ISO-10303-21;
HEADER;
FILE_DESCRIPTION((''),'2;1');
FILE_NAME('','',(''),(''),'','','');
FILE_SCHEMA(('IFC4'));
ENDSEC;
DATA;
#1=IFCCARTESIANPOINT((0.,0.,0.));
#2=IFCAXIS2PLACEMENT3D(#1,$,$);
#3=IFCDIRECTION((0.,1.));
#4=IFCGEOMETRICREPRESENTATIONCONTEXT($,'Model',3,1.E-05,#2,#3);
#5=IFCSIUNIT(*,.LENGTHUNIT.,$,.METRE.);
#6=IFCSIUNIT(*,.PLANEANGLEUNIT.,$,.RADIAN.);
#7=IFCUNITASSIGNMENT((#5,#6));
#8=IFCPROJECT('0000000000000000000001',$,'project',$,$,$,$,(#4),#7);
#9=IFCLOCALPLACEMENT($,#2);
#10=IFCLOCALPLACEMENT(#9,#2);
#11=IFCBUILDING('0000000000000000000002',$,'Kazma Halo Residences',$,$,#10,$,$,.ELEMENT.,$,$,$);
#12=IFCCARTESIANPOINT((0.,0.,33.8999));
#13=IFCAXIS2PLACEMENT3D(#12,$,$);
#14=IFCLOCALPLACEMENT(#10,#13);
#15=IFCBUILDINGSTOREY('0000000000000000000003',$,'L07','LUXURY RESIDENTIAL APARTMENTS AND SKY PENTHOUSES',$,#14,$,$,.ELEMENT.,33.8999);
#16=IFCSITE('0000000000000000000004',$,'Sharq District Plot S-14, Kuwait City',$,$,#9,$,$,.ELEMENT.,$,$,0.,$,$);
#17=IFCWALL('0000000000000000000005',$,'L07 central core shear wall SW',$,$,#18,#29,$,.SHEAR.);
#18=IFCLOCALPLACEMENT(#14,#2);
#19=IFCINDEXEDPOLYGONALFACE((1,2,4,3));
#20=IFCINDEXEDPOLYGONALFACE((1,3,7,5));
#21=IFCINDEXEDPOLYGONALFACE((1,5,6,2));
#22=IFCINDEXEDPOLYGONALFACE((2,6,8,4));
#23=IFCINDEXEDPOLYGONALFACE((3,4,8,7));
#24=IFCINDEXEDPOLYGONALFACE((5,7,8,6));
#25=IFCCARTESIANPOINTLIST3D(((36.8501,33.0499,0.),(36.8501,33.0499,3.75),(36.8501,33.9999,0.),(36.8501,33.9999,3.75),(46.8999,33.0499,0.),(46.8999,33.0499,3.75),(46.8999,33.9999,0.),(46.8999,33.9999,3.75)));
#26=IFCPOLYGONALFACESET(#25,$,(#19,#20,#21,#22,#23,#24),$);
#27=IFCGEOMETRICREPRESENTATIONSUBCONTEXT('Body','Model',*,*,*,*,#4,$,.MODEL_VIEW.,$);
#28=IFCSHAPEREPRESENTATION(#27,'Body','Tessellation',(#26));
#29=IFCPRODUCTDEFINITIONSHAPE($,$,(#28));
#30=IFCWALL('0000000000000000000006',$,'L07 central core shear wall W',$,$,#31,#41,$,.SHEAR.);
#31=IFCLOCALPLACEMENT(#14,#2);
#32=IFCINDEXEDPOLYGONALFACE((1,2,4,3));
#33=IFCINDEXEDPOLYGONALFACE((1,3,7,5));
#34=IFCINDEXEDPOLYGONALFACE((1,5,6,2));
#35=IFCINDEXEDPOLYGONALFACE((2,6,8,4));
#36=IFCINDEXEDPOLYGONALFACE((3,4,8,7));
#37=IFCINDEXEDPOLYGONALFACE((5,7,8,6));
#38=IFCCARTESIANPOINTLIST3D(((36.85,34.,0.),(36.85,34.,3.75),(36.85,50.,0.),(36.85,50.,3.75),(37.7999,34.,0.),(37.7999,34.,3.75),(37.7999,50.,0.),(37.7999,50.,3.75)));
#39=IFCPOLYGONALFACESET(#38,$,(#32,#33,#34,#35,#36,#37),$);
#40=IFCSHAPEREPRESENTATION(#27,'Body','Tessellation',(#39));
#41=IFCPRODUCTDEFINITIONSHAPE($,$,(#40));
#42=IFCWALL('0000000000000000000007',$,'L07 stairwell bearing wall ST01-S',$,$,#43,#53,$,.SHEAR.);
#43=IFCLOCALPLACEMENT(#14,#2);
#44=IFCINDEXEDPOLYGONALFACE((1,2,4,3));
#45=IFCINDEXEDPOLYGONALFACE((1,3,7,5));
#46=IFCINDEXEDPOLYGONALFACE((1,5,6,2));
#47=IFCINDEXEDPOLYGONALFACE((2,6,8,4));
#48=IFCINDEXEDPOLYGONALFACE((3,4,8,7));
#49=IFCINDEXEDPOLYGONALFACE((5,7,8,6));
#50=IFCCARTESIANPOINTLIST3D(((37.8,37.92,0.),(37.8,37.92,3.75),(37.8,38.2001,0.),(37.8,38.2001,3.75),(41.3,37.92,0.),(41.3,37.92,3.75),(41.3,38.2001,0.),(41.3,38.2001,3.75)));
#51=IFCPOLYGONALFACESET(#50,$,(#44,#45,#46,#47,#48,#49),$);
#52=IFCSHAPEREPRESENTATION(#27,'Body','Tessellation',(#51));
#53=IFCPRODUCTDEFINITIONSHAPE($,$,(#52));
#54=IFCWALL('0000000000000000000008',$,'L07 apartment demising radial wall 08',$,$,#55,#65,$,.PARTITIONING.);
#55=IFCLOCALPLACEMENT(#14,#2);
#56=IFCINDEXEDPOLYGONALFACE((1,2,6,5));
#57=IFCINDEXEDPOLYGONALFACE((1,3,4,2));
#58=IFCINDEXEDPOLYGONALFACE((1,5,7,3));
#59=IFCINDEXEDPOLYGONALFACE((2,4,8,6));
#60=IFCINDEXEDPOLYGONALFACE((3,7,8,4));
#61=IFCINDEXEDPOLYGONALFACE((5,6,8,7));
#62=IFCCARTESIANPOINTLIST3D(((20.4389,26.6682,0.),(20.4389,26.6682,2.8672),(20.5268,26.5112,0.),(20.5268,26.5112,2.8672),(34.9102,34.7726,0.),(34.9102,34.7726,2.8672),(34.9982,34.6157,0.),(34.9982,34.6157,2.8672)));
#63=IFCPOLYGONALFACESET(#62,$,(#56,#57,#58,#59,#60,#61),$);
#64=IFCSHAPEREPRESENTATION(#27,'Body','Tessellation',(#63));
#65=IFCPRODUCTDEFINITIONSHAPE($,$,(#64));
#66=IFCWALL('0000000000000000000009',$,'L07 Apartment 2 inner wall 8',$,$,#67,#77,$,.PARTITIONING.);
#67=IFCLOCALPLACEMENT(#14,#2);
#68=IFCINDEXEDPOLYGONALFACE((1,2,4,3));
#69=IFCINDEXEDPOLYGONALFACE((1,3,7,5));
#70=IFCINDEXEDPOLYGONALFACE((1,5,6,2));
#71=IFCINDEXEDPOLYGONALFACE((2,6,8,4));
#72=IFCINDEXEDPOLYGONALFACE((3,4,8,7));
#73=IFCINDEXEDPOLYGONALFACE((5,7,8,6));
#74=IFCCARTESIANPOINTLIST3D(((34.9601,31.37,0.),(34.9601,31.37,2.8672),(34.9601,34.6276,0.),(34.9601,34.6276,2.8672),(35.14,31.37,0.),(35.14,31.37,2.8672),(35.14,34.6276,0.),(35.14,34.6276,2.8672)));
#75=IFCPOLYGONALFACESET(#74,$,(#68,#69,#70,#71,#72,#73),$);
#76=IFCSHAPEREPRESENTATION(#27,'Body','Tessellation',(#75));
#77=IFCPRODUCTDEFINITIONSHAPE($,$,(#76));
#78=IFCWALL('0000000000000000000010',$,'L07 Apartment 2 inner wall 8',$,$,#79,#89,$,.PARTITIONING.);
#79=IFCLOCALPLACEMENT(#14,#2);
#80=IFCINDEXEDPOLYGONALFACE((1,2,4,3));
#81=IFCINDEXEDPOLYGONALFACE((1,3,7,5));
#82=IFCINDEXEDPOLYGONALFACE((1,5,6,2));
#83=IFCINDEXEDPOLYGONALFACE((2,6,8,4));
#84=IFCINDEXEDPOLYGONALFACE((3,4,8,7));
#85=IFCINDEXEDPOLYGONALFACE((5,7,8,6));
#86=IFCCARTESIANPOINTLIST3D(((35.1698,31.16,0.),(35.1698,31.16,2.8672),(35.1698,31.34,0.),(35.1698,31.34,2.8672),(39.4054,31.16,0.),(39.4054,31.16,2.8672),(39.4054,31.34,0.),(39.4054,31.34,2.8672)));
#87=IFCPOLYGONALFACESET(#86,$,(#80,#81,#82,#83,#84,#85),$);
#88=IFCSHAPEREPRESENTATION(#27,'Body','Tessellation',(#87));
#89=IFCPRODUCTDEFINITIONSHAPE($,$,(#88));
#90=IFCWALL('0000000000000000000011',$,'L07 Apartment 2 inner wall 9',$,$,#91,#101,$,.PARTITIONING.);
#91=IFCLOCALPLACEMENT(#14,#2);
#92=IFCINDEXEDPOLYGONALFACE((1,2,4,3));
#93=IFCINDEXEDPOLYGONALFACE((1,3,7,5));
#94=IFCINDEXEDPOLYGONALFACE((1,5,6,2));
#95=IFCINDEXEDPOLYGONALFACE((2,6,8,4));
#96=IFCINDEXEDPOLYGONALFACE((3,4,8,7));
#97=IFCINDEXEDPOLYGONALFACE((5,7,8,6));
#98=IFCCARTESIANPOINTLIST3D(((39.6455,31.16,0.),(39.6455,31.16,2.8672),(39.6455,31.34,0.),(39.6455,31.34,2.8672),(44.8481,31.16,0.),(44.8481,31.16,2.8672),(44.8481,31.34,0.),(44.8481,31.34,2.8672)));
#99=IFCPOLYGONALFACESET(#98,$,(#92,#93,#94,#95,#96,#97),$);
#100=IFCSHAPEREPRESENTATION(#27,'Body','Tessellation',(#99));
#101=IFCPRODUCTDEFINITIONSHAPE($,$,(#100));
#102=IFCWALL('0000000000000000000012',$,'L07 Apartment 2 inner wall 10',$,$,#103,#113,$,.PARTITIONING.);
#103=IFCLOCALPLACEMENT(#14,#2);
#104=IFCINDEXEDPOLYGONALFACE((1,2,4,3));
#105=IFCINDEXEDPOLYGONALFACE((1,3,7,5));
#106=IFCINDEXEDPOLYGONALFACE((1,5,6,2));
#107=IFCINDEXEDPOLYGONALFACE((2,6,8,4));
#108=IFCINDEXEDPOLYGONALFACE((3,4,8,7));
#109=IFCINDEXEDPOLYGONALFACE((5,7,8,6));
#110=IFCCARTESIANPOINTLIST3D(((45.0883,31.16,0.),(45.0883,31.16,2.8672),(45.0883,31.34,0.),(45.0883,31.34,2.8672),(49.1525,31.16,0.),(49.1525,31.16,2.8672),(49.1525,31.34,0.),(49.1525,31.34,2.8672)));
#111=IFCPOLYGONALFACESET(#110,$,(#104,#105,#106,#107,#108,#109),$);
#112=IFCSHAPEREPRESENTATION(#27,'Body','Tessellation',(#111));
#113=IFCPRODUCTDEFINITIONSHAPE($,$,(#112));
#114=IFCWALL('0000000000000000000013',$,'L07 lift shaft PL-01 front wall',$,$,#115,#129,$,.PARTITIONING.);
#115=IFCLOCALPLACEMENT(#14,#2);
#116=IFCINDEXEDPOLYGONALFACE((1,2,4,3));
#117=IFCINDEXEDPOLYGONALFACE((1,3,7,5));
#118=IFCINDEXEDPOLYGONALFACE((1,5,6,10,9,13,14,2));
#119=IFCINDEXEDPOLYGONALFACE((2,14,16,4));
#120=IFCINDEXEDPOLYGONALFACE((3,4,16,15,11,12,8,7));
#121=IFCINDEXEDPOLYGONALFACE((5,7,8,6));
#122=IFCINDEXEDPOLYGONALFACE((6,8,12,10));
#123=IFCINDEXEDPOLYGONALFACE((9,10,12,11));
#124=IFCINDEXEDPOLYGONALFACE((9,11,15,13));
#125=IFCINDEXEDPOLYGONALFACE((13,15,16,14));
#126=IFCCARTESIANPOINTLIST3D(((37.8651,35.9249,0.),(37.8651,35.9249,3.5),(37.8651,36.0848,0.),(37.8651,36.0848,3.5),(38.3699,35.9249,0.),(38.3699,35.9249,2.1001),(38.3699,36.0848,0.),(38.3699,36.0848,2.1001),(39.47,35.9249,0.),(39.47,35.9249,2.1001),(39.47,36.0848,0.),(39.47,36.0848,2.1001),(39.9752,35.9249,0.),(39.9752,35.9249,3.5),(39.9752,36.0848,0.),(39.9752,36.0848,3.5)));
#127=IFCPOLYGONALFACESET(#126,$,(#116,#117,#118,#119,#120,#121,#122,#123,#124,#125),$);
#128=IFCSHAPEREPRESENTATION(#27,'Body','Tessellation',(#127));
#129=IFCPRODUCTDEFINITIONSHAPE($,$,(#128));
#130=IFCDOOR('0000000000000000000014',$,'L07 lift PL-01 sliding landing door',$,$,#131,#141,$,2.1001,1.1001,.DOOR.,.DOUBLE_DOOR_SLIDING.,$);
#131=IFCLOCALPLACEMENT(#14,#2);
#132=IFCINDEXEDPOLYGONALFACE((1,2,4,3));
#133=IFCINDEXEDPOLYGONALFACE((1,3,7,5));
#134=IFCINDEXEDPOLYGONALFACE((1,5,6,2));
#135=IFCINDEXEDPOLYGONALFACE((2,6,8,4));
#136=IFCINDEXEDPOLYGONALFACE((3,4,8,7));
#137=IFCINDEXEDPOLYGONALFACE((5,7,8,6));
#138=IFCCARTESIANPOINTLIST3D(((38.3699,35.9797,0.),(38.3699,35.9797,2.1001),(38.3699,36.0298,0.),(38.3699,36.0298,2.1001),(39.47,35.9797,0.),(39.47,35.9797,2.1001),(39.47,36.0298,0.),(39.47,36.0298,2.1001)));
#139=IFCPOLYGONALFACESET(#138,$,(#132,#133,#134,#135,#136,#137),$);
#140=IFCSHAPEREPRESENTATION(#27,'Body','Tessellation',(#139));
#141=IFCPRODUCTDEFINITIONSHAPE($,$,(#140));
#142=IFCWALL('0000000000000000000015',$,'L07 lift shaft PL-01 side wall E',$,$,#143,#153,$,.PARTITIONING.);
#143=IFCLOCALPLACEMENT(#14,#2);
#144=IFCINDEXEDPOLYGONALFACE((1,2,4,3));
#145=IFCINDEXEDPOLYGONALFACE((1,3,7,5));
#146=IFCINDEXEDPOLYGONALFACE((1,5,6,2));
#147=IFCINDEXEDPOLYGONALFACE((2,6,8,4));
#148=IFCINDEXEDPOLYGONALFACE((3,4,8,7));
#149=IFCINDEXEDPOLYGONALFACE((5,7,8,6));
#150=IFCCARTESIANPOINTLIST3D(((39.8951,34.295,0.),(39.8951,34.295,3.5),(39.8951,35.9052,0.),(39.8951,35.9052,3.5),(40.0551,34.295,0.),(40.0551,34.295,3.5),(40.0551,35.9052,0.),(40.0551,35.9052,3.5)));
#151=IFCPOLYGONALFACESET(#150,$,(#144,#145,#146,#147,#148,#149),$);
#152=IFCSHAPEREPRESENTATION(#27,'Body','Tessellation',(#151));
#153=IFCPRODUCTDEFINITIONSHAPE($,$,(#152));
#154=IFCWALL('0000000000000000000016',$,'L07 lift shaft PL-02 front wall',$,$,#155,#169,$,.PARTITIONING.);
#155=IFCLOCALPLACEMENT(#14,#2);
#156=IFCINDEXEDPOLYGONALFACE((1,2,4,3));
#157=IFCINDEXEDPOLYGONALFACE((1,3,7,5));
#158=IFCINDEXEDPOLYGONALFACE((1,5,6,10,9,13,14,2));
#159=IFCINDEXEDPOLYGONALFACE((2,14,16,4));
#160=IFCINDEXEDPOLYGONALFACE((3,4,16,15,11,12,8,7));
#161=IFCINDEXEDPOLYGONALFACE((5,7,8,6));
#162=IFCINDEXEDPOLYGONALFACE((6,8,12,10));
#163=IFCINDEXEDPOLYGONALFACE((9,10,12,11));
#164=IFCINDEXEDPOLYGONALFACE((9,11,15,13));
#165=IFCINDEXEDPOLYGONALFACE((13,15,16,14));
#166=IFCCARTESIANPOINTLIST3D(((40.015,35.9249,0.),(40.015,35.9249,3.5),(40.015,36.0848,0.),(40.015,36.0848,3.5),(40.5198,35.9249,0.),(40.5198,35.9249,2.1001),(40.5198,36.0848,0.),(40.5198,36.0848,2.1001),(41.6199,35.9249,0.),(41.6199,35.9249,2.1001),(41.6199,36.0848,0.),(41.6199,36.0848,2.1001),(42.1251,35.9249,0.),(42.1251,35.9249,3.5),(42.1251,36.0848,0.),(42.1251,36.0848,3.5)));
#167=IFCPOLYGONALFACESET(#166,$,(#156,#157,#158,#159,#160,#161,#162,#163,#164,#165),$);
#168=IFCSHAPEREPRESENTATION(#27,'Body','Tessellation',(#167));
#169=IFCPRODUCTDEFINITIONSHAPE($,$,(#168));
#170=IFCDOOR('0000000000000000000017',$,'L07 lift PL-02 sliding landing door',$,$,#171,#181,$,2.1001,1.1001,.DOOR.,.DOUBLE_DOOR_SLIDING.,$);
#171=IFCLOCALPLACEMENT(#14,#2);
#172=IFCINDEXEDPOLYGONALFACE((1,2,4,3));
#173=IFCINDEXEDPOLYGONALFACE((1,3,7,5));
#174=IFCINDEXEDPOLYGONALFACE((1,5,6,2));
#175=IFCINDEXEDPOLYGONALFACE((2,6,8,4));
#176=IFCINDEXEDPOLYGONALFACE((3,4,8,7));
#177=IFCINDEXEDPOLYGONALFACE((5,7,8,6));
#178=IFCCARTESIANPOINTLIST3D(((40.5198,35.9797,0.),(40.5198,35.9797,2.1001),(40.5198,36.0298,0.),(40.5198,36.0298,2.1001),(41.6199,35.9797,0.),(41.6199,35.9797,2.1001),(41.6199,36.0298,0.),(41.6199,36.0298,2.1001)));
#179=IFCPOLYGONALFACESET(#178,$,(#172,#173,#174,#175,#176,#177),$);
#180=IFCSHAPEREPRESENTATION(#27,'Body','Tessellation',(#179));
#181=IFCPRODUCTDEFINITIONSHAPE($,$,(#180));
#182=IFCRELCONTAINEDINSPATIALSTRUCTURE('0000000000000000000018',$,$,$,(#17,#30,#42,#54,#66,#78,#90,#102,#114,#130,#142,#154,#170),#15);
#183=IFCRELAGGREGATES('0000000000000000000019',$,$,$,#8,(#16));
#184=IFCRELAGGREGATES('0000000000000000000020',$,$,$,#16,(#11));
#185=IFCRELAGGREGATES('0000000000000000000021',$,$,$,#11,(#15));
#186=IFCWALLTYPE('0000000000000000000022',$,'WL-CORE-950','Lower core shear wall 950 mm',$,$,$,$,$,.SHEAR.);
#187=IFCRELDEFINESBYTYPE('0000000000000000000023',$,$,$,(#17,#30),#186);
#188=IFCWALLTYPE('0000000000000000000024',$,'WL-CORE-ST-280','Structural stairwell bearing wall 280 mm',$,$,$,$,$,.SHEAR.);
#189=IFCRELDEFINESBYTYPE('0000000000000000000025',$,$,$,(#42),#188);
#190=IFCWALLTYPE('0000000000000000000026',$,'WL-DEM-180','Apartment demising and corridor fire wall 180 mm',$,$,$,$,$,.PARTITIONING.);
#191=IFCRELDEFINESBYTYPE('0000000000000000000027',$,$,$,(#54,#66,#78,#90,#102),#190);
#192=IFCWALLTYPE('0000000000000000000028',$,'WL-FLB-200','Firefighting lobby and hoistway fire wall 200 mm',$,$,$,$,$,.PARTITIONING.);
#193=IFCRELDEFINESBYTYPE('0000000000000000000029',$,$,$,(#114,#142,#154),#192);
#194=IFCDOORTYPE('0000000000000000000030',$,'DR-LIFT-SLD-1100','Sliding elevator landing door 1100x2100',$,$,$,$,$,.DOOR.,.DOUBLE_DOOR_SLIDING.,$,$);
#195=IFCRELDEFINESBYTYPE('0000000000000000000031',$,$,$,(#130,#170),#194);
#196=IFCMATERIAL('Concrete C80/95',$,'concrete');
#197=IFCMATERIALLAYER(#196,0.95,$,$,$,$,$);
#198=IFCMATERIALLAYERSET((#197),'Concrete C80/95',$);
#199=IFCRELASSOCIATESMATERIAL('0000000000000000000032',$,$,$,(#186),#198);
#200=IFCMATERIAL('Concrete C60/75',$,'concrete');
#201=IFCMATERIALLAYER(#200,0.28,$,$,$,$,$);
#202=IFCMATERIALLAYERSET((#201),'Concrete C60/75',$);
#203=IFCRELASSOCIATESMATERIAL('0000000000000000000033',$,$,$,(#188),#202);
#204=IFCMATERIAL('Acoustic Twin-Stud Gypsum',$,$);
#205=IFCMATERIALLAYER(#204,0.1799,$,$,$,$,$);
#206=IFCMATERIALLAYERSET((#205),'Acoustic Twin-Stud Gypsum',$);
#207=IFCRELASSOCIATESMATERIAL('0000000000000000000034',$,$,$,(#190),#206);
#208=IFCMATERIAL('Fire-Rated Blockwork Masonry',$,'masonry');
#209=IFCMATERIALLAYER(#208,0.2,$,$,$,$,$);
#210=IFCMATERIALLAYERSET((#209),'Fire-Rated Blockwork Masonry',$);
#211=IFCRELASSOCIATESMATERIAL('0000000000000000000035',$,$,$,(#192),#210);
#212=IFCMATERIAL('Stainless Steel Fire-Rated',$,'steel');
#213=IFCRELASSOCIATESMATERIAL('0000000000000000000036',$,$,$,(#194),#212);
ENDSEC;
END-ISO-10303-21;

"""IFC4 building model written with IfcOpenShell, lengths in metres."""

from ifc_helpers import new_model, si_unit, direction, frame, frame_2d, origin, place, context, subcontext, project, spatial, rectangle, extrude, material, layer, layer_set, type_object, element, fill, save


model = new_model("IFC4")

# Units and contexts
model_context = context("Model", 3, precision=1e-05, world=origin(), true_north=direction((0.0, 1.0)))
body_context = subcontext(model_context, "Body", "Model", "MODEL_VIEW")
ifc_project = project(units=[si_unit("LENGTHUNIT", "METRE"), si_unit("PLANEANGLEUNIT", "RADIAN")], contexts=[model_context])

# Site, building, storey
site_placement = place(None, origin())
site = spatial("IfcSite", under=ifc_project, at=site_placement, Name="Sharq District Plot S-14, Kuwait City", CompositionType="ELEMENT", RefElevation=0.0)
building_placement = place(site_placement, origin())
building = spatial("IfcBuilding", under=site, at=building_placement, Name="Kazma Halo Residences", CompositionType="ELEMENT")
storey_placement = place(building_placement, frame((0.0, 0.0, 33.8999)))
storey = spatial("IfcBuildingStorey", under=building, at=storey_placement, Name="L07", Description="LUXURY RESIDENTIAL APARTMENTS AND SKY PENTHOUSES", CompositionType="ELEMENT", Elevation=33.8999)

# Walls
ifc_material_1 = material(Name="Concrete C80/95", Category="concrete")
ifc_layer_1 = layer(ifc_material_1, 0.95)
ifc_layer_set_1 = layer_set([ifc_layer_1], Name="Concrete C80/95")
wall_type_1 = type_object("IfcWallType", Name="WL-CORE-950", Description="Lower core shear wall 950 mm", PredefinedType="SHEAR", material=ifc_layer_set_1)
wall_1_placement = place(storey_placement, frame((36.8501, 33.5249, 0.0), z_axis=(0.0, 0.0, 1.0), x_axis=(1.0, 0.0, 0.0)))
element("IfcWall", 1, at=wall_1_placement, inside=storey, type_object=wall_type_1, Name="L07 central core shear wall SW", PredefinedType="SHEAR", context=body_context, shape_type="SweptSolid", body=[
    extrude(rectangle(XDim=10.0498, YDim=0.95, at=frame_2d((5.0249, 0.0))), origin(), (0.0, 0.0, 1.0), 3.75),
])
wall_2_placement = place(storey_placement, frame((37.325, 34.0, 0.0), z_axis=(0.0, 0.0, 1.0), x_axis=(0.0, 1.0, 0.0)))
element("IfcWall", 2, at=wall_2_placement, inside=storey, type_object=wall_type_1, Name="L07 central core shear wall W", PredefinedType="SHEAR", context=body_context, shape_type="SweptSolid", body=[
    extrude(rectangle(XDim=16.0, YDim=0.95, at=frame_2d((8.0, 0.0))), origin(), (0.0, 0.0, 1.0), 3.75),
])
ifc_material_2 = material(Name="Concrete C60/75", Category="concrete")
ifc_layer_2 = layer(ifc_material_2, 0.28)
ifc_layer_set_2 = layer_set([ifc_layer_2], Name="Concrete C60/75")
wall_type_2 = type_object("IfcWallType", Name="WL-CORE-ST-280", Description="Structural stairwell bearing wall 280 mm", PredefinedType="SHEAR", material=ifc_layer_set_2)
wall_3_placement = place(storey_placement, frame((37.8, 38.0601, 0.0), z_axis=(0.0, 0.0, 1.0), x_axis=(1.0, 0.0, 0.0)))
element("IfcWall", 3, at=wall_3_placement, inside=storey, type_object=wall_type_2, Name="L07 stairwell bearing wall ST01-S", PredefinedType="SHEAR", context=body_context, shape_type="SweptSolid", body=[
    extrude(rectangle(XDim=3.5, YDim=0.28, at=frame_2d((1.75, 0.0))), origin(), (0.0, 0.0, 1.0), 3.75),
])
ifc_material_3 = material(Name="Acoustic Twin-Stud Gypsum")
ifc_layer_3 = layer(ifc_material_3, 0.1799)
ifc_layer_set_3 = layer_set([ifc_layer_3], Name="Acoustic Twin-Stud Gypsum")
wall_type_3 = type_object("IfcWallType", Name="WL-DEM-180", Description="Apartment demising and corridor fire wall 180 mm", PredefinedType="PARTITIONING", material=ifc_layer_set_3)
wall_4_placement = place(storey_placement, frame((34.9541, 34.6941, 0.0), z_axis=(0.0, 0.0, 1.0), x_axis=(-0.872493, -0.488626, 0.0)))
element("IfcWall", 4, at=wall_4_placement, inside=storey, type_object=wall_type_3, Name="L07 apartment demising radial wall 08", PredefinedType="PARTITIONING", context=body_context, shape_type="SweptSolid", body=[
    extrude(rectangle(XDim=16.5862, YDim=0.1799, at=frame_2d((8.293, 0.0))), origin(), (0.0, 0.0, 1.0), 2.8672),
])
wall_5_placement = place(storey_placement, frame((35.05, 34.6277, 0.0), z_axis=(0.0, 0.0, 1.0), x_axis=(0.0, -1.0, 0.0)))
element("IfcWall", 5, at=wall_5_placement, inside=storey, type_object=wall_type_3, Name="L07 Apartment 2 inner wall 8", PredefinedType="PARTITIONING", context=body_context, shape_type="SweptSolid", body=[
    extrude(rectangle(XDim=3.2576, YDim=0.1799, at=frame_2d((1.6289, 0.0))), origin(), (0.0, 0.0, 1.0), 2.8672),
])
wall_6_placement = place(storey_placement, frame((35.1699, 31.25, 0.0), z_axis=(0.0, 0.0, 1.0), x_axis=(1.0, 0.0, 0.0)))
element("IfcWall", 6, at=wall_6_placement, inside=storey, type_object=wall_type_3, Name="L07 Apartment 2 inner wall 8", PredefinedType="PARTITIONING", context=body_context, shape_type="SweptSolid", body=[
    extrude(rectangle(XDim=4.2356, YDim=0.1799, at=frame_2d((2.1177, 0.0))), origin(), (0.0, 0.0, 1.0), 2.8672),
])
wall_7_placement = place(storey_placement, frame((39.6455, 31.25, 0.0), z_axis=(0.0, 0.0, 1.0), x_axis=(1.0, 0.0, 0.0)))
element("IfcWall", 7, at=wall_7_placement, inside=storey, type_object=wall_type_3, Name="L07 Apartment 2 inner wall 9", PredefinedType="PARTITIONING", context=body_context, shape_type="SweptSolid", body=[
    extrude(rectangle(XDim=5.2026, YDim=0.1799, at=frame_2d((2.6013, 0.0))), origin(), (0.0, 0.0, 1.0), 2.8672),
])
wall_8_placement = place(storey_placement, frame((45.0881, 31.25, 0.0), z_axis=(0.0, 0.0, 1.0), x_axis=(1.0, 0.0, 0.0)))
element("IfcWall", 8, at=wall_8_placement, inside=storey, type_object=wall_type_3, Name="L07 Apartment 2 inner wall 10", PredefinedType="PARTITIONING", context=body_context, shape_type="SweptSolid", body=[
    extrude(rectangle(XDim=4.0642, YDim=0.1799, at=frame_2d((2.0322, 0.0))), origin(), (0.0, 0.0, 1.0), 2.8672),
])

# Wall, opening, door
ifc_material_4 = material(Name="Fire-Rated Blockwork Masonry", Category="masonry")
ifc_layer_4 = layer(ifc_material_4, 0.2)
ifc_layer_set_4 = layer_set([ifc_layer_4], Name="Fire-Rated Blockwork Masonry")
wall_type_4 = type_object("IfcWallType", Name="WL-FLB-200", Description="Firefighting lobby and hoistway fire wall 200 mm", PredefinedType="PARTITIONING", material=ifc_layer_set_4)
wall_9_placement = place(storey_placement, frame((37.865, 36.0049, 0.0), z_axis=(0.0, 0.0, 1.0), x_axis=(1.0, 0.0, 0.0)))
wall_9 = element("IfcWall", 9, at=wall_9_placement, inside=storey, type_object=wall_type_4, Name="L07 lift shaft PL-01 front wall", PredefinedType="PARTITIONING", context=body_context, shape_type="SweptSolid", body=[
    extrude(rectangle(XDim=2.1101, YDim=0.1599, at=frame_2d((1.0552, 0.0))), origin(), (0.0, 0.0, 1.0), 3.5),
])
opening_1_placement = place(wall_9_placement, frame((0.5049, 0.0, 0.0)))
opening_1 = element("IfcOpeningElement", 10, at=opening_1_placement, cuts=wall_9, PredefinedType="OPENING", context=body_context, shape_type="SweptSolid", body=[
    extrude(rectangle(XDim=1.1001, YDim=2.1001, at=frame_2d((0.55, 1.05))), frame((0.0, 0.0898, 0.0), z_axis=(0.0, -1.0, 0.0), x_axis=(1.0, 0.0, 0.0)), (0.0, 0.0, 1.0), 0.1799),
])
ifc_material_5 = material(Name="Stainless Steel Fire-Rated", Category="steel")
door_type_1 = type_object("IfcDoorType", Name="DR-LIFT-SLD-1100", Description="Sliding elevator landing door 1100x2100", OperationType="DOUBLE_DOOR_SLIDING", PredefinedType="DOOR", material=ifc_material_5)
door_1_placement = place(opening_1_placement, origin())
door_1 = element("IfcDoor", 11, at=door_1_placement, inside=storey, type_object=door_type_1, Name="L07 lift PL-01 sliding landing door", OperationType="DOUBLE_DOOR_SLIDING", OverallHeight=2.1001, OverallWidth=1.1001, PredefinedType="DOOR", context=body_context, shape_type="SweptSolid", body=[
    extrude(rectangle(XDim=1.1001, YDim=2.1001, at=frame_2d((0.55, 1.05))), frame((0.0, 0.0249, 0.0), z_axis=(0.0, -1.0, 0.0), x_axis=(1.0, 0.0, 0.0)), (0.0, 0.0, 1.0), 0.05),
])
fill(opening_1, door_1)

# Wall
wall_10_placement = place(storey_placement, frame((39.9751, 34.2949, 0.0), z_axis=(0.0, 0.0, 1.0), x_axis=(0.0, 1.0, 0.0)))
element("IfcWall", 12, at=wall_10_placement, inside=storey, type_object=wall_type_4, Name="L07 lift shaft PL-01 side wall E", PredefinedType="PARTITIONING", context=body_context, shape_type="SweptSolid", body=[
    extrude(rectangle(XDim=1.6101, YDim=0.1599, at=frame_2d((0.8052, 0.0))), origin(), (0.0, 0.0, 1.0), 3.5),
])

# Wall, opening, door
wall_11_placement = place(storey_placement, frame((40.0149, 36.0049, 0.0), z_axis=(0.0, 0.0, 1.0), x_axis=(1.0, 0.0, 0.0)))
wall_11 = element("IfcWall", 13, at=wall_11_placement, inside=storey, type_object=wall_type_4, Name="L07 lift shaft PL-02 front wall", PredefinedType="PARTITIONING", context=body_context, shape_type="SweptSolid", body=[
    extrude(rectangle(XDim=2.1101, YDim=0.1599, at=frame_2d((1.0552, 0.0))), origin(), (0.0, 0.0, 1.0), 3.5),
])
opening_2_placement = place(wall_11_placement, frame((0.5049, 0.0, 0.0)))
opening_2 = element("IfcOpeningElement", 14, at=opening_2_placement, cuts=wall_11, PredefinedType="OPENING", context=body_context, shape_type="SweptSolid", body=[
    extrude(rectangle(XDim=1.1001, YDim=2.1001, at=frame_2d((0.55, 1.05))), frame((0.0, 0.0898, 0.0), z_axis=(0.0, -1.0, 0.0), x_axis=(1.0, 0.0, 0.0)), (0.0, 0.0, 1.0), 0.1799),
])
door_2_placement = place(opening_2_placement, origin())
door_2 = element("IfcDoor", 15, at=door_2_placement, inside=storey, type_object=door_type_1, Name="L07 lift PL-02 sliding landing door", OperationType="DOUBLE_DOOR_SLIDING", OverallHeight=2.1001, OverallWidth=1.1001, PredefinedType="DOOR", context=body_context, shape_type="SweptSolid", body=[
    extrude(rectangle(XDim=1.1001, YDim=2.1001, at=frame_2d((0.55, 1.05))), frame((0.0, 0.0249, 0.0), z_axis=(0.0, -1.0, 0.0), x_axis=(1.0, 0.0, 0.0)), (0.0, 0.0, 1.0), 0.05),
])
fill(opening_2, door_2)

save(model, "model.ifc")
